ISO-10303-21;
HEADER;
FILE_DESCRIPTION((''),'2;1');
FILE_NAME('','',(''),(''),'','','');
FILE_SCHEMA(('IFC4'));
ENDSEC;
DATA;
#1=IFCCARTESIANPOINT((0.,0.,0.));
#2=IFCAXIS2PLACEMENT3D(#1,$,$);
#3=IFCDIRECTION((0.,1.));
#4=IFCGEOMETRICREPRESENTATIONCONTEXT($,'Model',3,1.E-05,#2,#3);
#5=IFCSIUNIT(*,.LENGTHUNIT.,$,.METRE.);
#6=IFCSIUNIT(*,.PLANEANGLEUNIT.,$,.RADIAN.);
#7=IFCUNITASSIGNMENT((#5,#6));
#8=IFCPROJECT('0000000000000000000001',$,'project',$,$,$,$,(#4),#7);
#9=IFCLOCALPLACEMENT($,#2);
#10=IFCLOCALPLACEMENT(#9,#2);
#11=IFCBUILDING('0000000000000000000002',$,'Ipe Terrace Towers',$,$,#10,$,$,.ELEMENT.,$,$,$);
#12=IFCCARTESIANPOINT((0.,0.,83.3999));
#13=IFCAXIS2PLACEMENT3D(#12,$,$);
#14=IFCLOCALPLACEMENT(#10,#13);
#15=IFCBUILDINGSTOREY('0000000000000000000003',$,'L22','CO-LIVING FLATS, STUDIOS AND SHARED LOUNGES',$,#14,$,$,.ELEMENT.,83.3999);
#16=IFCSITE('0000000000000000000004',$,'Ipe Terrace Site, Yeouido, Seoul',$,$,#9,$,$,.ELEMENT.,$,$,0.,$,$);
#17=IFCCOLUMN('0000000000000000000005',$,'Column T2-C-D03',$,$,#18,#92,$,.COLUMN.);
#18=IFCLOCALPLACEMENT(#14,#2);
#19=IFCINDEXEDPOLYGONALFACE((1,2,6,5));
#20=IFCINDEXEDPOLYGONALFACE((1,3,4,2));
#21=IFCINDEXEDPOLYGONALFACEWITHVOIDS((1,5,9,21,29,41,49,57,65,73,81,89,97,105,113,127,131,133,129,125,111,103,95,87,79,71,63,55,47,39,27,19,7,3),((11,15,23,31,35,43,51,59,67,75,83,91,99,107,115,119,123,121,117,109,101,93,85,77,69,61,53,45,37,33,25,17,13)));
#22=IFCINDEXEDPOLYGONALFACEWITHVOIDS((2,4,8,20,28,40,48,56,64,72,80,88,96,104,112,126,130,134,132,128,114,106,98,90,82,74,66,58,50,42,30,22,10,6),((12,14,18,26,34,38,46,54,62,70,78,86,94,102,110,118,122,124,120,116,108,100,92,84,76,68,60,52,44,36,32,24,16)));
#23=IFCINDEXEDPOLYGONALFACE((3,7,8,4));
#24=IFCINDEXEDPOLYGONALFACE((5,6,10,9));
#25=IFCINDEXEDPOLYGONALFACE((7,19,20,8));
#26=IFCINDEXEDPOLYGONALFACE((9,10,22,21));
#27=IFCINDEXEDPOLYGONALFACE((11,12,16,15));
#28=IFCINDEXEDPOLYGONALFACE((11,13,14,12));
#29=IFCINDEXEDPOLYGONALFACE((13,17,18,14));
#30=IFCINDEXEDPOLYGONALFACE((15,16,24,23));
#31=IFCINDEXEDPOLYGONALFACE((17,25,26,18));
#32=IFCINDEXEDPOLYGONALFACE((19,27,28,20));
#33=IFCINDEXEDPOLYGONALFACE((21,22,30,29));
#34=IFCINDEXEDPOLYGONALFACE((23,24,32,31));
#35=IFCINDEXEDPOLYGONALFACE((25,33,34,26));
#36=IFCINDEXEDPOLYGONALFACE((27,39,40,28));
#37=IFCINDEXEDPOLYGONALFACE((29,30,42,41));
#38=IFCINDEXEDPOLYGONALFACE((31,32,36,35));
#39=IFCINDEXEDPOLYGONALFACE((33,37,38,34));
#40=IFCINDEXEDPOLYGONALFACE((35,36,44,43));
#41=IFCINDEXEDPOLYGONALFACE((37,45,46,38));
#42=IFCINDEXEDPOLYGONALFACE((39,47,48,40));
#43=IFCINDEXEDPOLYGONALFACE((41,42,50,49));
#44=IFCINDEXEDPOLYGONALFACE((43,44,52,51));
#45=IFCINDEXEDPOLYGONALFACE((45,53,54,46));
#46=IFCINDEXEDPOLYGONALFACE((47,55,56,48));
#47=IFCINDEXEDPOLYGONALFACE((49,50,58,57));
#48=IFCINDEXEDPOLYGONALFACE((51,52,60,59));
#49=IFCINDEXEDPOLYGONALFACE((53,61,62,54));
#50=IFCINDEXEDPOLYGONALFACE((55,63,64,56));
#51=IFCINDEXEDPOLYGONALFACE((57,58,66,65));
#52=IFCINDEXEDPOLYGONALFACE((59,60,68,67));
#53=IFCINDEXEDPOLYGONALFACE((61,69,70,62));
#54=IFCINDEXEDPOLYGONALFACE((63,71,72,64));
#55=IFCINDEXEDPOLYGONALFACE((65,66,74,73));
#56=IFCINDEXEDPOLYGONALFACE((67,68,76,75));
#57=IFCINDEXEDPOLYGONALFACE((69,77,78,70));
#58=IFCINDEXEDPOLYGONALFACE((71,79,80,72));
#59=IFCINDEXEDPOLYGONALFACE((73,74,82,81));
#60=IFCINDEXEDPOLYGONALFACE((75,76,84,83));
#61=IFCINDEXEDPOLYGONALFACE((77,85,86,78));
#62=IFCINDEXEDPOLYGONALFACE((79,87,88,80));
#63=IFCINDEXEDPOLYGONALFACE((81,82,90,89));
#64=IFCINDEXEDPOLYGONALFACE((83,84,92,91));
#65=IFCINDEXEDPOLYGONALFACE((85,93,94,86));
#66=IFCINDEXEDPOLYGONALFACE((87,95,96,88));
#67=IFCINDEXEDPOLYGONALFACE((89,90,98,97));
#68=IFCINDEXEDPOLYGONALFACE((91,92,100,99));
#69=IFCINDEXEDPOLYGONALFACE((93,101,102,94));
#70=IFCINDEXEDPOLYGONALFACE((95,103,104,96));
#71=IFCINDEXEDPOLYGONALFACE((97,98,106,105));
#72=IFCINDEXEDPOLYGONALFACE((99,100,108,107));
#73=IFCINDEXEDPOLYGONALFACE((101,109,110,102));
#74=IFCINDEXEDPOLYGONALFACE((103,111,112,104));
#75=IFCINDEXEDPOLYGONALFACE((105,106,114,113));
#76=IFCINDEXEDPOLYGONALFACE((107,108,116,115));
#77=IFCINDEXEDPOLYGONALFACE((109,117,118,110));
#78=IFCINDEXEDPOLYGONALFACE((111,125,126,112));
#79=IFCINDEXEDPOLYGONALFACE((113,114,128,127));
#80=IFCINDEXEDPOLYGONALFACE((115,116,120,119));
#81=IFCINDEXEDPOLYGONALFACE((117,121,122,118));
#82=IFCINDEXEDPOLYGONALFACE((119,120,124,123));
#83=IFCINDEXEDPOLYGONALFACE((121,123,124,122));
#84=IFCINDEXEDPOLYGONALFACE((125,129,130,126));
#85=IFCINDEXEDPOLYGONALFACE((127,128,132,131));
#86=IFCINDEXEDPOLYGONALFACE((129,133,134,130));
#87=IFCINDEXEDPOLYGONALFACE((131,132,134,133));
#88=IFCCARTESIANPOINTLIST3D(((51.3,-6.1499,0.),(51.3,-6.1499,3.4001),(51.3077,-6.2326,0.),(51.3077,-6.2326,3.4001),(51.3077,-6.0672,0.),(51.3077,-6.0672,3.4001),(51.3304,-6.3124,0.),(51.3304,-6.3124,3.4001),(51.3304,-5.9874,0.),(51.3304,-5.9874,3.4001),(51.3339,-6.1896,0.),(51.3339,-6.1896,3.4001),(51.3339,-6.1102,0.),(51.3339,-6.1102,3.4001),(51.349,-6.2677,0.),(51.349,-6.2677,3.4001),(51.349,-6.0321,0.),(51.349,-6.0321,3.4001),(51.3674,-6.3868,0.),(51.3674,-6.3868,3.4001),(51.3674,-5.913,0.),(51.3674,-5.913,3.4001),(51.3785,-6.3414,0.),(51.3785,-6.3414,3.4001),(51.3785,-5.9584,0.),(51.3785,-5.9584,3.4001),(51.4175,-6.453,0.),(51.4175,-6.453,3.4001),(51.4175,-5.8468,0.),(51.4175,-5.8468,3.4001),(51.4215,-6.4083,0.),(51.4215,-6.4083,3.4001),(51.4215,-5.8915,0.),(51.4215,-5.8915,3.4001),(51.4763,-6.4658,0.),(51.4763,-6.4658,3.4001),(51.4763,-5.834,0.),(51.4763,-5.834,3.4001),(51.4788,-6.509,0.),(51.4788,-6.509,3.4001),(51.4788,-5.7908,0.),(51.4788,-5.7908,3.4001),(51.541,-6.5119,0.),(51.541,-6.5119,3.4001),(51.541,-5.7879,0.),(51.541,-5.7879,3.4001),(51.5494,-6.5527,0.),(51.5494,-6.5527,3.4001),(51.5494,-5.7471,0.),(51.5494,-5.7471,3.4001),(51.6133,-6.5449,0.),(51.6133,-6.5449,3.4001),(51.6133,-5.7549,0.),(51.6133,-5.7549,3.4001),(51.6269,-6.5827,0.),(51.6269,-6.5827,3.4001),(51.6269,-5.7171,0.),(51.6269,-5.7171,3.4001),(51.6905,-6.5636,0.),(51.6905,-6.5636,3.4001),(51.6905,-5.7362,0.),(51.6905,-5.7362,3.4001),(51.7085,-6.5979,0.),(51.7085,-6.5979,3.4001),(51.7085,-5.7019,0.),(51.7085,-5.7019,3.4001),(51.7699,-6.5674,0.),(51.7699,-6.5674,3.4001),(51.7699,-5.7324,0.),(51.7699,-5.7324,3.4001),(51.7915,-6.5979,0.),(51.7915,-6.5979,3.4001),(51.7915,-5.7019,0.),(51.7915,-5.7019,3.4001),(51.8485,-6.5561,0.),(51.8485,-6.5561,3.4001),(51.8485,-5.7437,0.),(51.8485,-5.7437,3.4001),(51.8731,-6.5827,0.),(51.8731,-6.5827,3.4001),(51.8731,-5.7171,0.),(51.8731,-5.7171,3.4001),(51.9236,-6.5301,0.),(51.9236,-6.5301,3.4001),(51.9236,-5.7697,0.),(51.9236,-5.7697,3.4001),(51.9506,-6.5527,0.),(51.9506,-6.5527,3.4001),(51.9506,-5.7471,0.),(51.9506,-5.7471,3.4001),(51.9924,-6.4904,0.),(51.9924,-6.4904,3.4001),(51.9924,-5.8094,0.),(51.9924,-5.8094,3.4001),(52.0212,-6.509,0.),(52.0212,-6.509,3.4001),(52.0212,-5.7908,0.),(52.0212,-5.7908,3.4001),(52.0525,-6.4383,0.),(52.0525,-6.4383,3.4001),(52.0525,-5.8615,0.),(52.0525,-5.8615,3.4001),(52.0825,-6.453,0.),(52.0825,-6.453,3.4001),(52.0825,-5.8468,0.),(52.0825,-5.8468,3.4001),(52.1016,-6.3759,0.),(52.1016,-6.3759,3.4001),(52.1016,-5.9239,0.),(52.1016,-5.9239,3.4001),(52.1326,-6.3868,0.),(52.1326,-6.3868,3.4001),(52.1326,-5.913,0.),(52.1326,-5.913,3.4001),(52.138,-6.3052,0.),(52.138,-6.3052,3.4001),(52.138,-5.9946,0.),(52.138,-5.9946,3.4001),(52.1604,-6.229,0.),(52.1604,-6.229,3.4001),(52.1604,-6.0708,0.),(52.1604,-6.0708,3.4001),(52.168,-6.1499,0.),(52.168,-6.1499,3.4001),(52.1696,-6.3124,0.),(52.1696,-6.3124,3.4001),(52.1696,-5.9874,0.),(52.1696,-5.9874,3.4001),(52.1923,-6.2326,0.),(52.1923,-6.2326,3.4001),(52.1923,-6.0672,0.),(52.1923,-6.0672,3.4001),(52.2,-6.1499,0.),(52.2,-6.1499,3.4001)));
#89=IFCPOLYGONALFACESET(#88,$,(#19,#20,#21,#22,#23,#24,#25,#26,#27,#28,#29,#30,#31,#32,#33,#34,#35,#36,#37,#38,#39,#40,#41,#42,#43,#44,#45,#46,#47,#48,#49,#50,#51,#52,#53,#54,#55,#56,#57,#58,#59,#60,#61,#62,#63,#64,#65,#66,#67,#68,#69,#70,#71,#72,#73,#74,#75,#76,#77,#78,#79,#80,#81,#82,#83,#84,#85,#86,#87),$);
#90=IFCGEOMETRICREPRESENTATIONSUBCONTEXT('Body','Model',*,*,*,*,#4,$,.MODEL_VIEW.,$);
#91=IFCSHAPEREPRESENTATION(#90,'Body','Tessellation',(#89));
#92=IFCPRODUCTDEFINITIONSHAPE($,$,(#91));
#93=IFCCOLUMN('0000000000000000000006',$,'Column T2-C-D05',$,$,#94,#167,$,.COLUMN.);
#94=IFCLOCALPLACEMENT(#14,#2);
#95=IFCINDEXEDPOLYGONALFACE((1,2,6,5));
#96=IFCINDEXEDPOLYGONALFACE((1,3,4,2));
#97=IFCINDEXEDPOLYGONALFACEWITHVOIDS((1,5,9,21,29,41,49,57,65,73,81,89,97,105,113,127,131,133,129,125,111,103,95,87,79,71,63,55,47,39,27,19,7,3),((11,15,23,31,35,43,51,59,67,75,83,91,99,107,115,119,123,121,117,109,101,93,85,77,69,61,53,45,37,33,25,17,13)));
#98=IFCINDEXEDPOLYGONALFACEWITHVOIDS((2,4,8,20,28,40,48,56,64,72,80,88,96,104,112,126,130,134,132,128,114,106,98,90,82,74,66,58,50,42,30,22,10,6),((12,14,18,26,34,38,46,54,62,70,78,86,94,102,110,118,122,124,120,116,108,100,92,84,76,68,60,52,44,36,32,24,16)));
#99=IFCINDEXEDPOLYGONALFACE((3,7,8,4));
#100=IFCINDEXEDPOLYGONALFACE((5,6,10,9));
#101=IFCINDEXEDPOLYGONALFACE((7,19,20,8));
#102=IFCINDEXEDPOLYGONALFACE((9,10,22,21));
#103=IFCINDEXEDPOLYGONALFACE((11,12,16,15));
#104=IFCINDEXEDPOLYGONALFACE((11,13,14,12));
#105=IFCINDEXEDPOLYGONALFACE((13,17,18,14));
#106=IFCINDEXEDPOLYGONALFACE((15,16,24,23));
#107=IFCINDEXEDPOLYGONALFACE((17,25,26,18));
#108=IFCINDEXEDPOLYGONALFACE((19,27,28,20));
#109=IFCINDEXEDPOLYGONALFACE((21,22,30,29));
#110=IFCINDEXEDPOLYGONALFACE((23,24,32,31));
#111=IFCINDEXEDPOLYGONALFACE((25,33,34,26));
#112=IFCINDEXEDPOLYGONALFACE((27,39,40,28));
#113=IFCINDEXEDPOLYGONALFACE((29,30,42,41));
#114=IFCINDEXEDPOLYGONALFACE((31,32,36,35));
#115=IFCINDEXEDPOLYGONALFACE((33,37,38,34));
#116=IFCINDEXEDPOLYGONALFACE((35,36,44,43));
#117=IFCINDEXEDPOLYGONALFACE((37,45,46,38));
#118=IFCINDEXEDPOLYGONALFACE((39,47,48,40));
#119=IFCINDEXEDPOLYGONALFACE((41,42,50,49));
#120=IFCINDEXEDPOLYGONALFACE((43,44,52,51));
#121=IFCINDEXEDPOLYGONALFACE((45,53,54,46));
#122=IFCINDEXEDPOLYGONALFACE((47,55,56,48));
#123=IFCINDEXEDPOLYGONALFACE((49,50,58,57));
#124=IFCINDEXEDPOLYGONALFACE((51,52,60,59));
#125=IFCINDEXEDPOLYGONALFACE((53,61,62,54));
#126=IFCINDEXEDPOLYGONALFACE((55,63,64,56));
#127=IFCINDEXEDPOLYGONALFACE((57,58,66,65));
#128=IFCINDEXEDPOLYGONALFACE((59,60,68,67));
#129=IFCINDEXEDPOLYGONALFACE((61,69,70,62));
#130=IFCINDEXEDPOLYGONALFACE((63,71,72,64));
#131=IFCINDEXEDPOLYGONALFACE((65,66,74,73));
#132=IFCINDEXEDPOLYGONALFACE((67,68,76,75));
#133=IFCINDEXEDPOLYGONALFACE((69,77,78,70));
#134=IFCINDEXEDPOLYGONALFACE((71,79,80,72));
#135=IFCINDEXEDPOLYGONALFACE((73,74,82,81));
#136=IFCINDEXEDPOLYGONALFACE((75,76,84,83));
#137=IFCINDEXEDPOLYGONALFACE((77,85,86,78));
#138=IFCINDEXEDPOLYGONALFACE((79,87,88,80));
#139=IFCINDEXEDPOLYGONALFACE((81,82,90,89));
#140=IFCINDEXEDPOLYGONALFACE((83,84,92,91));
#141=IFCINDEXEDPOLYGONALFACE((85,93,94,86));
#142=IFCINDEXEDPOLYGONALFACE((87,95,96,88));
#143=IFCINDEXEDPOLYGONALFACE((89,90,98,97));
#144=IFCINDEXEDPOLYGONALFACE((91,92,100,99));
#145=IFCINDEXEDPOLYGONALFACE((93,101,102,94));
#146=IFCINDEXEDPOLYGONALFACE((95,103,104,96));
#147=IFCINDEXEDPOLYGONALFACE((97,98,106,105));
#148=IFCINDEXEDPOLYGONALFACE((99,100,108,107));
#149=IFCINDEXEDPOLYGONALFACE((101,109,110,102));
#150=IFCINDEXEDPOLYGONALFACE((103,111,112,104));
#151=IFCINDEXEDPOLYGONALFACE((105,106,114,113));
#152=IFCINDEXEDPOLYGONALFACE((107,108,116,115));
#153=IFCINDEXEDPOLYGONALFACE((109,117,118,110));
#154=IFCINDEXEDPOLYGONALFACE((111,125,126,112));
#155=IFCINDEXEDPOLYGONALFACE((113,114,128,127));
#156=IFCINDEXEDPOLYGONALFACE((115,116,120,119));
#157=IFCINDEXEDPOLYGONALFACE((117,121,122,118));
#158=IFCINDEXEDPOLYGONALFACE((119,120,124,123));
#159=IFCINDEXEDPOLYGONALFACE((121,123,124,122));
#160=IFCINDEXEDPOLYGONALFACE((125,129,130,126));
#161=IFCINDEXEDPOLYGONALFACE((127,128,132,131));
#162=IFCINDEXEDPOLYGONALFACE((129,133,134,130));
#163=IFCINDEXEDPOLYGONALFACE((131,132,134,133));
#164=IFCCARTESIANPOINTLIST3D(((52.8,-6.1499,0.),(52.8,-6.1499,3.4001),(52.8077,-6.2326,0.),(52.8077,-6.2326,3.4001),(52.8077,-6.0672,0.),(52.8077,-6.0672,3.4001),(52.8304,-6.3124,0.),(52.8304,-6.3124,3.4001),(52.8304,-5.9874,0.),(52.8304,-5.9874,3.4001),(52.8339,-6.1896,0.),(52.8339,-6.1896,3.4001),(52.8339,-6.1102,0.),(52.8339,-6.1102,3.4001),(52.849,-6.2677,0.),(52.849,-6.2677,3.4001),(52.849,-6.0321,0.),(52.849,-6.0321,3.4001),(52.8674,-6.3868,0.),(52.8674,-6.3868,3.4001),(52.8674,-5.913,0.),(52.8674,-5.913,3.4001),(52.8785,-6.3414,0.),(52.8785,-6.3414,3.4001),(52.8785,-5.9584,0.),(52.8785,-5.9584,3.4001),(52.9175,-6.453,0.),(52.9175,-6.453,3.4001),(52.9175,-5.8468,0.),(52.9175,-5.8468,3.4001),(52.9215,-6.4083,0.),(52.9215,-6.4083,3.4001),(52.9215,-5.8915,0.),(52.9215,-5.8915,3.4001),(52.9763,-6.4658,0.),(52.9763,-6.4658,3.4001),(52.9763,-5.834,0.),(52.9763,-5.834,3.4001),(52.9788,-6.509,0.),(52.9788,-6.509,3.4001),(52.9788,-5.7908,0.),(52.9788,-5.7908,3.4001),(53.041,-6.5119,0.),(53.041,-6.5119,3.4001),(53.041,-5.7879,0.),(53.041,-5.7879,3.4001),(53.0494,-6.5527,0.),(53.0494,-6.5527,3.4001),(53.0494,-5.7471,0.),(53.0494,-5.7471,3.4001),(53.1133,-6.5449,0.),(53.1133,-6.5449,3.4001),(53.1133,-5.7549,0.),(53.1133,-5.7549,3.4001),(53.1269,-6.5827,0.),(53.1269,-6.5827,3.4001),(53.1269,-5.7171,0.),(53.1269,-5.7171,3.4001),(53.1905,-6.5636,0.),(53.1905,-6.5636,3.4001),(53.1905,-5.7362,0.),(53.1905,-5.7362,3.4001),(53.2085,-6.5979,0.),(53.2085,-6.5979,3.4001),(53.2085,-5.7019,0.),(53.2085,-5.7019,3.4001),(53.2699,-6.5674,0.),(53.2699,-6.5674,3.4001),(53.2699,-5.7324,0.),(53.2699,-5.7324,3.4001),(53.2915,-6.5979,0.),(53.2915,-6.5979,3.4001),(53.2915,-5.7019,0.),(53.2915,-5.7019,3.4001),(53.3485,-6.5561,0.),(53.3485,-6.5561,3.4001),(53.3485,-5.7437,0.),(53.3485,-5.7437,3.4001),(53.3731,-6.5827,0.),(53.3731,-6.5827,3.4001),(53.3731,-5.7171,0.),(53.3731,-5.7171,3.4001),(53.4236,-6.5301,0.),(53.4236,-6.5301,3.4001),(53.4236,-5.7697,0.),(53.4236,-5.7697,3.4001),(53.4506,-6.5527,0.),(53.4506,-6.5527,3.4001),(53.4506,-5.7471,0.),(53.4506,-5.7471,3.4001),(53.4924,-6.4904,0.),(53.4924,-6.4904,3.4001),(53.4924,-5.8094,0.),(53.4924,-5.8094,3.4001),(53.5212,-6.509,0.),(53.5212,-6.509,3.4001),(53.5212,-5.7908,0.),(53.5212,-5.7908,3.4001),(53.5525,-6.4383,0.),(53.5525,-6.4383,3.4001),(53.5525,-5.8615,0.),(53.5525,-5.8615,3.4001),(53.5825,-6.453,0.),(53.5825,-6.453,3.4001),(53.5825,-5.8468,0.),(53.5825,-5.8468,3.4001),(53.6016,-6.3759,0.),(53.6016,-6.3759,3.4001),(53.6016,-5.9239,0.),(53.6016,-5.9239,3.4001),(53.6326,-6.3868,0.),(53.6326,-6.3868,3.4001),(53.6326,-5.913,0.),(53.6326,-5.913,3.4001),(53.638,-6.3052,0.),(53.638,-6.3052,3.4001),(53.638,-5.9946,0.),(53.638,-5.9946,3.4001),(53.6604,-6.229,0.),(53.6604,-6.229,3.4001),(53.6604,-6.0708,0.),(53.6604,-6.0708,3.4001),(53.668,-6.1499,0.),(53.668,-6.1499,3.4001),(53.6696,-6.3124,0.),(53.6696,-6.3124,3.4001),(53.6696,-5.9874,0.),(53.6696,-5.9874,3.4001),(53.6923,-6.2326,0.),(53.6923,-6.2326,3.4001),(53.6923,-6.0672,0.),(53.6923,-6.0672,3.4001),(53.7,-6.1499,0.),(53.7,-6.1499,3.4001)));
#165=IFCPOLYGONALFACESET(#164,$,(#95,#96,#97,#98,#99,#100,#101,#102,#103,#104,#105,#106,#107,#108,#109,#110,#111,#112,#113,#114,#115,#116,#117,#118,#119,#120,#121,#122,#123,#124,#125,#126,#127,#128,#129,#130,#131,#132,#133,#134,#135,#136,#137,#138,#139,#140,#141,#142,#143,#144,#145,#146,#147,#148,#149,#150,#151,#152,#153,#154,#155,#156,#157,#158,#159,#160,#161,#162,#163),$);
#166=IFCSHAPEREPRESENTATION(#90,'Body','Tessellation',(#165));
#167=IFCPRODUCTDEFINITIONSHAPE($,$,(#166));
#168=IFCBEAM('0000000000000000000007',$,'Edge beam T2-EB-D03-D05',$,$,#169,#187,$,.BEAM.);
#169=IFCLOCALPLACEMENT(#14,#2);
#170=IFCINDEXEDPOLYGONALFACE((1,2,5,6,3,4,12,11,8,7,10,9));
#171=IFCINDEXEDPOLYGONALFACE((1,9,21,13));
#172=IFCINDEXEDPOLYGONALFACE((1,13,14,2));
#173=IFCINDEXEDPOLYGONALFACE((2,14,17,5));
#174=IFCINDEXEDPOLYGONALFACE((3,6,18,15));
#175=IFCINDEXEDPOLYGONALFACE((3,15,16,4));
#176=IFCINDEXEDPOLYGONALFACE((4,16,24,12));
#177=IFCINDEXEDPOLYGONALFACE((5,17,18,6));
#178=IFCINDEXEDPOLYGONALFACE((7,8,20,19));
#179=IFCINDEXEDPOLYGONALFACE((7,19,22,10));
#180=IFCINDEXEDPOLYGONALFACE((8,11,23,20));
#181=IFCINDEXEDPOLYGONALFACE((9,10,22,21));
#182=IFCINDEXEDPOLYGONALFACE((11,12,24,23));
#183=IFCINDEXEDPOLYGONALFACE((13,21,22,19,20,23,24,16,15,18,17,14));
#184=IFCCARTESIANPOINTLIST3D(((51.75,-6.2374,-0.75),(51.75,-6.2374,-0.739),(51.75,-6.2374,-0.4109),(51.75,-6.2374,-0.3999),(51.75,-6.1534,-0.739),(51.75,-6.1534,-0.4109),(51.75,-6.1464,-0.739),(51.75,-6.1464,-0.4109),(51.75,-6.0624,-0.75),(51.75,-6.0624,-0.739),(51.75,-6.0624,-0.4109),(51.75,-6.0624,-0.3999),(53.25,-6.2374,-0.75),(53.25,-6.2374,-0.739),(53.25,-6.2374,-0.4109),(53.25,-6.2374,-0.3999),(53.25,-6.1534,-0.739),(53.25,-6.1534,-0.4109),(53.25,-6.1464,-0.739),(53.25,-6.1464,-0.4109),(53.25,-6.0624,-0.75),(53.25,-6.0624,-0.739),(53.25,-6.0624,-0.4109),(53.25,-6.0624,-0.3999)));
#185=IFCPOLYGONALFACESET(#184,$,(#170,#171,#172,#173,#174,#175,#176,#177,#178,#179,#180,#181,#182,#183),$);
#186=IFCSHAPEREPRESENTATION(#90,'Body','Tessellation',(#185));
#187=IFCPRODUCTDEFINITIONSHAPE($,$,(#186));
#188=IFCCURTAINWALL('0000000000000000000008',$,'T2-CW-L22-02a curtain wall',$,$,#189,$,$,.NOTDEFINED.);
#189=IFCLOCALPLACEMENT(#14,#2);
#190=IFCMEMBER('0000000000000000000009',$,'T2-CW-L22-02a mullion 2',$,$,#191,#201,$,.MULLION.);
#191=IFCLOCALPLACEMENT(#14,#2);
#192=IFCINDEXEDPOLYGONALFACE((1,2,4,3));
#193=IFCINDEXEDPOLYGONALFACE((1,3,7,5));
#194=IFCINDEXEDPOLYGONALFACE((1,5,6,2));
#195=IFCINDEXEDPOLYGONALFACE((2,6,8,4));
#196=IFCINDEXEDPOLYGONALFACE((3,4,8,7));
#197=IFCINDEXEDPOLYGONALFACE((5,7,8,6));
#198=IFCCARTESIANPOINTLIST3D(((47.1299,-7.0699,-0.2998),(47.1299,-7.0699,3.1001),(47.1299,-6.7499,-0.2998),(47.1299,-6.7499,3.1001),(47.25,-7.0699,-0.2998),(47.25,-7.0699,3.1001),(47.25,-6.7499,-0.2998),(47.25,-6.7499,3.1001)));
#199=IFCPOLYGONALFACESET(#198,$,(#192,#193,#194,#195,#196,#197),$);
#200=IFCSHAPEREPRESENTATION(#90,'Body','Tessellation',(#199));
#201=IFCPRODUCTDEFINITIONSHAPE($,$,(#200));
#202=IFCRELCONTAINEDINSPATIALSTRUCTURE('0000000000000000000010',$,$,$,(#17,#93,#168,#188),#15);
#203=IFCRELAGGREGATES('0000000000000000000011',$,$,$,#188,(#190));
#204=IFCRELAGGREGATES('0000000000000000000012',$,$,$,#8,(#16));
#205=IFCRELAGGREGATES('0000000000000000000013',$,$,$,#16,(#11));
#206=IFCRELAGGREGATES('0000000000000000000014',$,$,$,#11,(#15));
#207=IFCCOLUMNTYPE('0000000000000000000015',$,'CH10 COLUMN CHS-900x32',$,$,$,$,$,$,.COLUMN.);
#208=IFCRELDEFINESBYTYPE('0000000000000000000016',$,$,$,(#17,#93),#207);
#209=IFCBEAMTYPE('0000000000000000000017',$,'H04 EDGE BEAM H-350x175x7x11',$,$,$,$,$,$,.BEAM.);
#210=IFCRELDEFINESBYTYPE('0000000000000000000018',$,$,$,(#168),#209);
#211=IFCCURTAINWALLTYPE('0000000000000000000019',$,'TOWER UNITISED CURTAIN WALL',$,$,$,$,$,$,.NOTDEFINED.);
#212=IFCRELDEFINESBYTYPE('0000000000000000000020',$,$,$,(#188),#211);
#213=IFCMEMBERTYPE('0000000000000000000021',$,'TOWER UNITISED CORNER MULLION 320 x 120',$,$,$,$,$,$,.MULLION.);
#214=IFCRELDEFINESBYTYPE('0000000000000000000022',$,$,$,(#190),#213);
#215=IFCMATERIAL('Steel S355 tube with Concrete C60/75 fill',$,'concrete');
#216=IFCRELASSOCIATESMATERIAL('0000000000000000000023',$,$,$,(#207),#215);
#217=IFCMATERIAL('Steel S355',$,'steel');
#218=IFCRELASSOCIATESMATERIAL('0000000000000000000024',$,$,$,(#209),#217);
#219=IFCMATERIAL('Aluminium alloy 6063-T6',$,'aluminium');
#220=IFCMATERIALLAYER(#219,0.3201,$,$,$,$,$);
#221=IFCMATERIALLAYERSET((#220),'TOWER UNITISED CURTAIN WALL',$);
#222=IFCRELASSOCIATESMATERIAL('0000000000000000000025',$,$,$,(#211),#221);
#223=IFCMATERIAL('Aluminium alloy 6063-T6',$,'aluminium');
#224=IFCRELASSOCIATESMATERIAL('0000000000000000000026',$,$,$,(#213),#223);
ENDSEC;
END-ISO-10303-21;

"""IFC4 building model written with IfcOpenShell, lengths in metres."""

from ifc_helpers import new_model, si_unit, direction, frame, origin, origin_2d, place, context, subcontext, project, spatial, rectangle, hollow_circle, i_section, extrude, material, layer, layer_set, material_profile, profile_set, type_object, element, aggregate, save


model = new_model("IFC4")

# Units and contexts
model_context = context("Model", 3, precision=1e-05, world=origin(), true_north=direction((0.0, 1.0)))
body_context = subcontext(model_context, "Body", "Model", "MODEL_VIEW")
ifc_project = project(units=[si_unit("LENGTHUNIT", "METRE"), si_unit("PLANEANGLEUNIT", "RADIAN")], contexts=[model_context])

# Site, building, storey
site_placement = place(None, origin())
site = spatial("IfcSite", under=ifc_project, at=site_placement, Name="Ipe Terrace Site, Yeouido, Seoul", CompositionType="ELEMENT", RefElevation=0.0)
building_placement = place(site_placement, origin())
building = spatial("IfcBuilding", under=site, at=building_placement, Name="Ipe Terrace Towers", CompositionType="ELEMENT")
storey_placement = place(building_placement, frame((0.0, 0.0, 83.3999)))
storey = spatial("IfcBuildingStorey", under=building, at=storey_placement, Name="L22", Description="CO-LIVING FLATS, STUDIOS AND SHARED LOUNGES", CompositionType="ELEMENT", Elevation=83.3999)

# Columns
ifc_material_1 = material(Name="Steel S355 tube with Concrete C60/75 fill", Category="concrete")
ifc_material_profile_1 = material_profile(ifc_material_1, hollow_circle(Radius=0.45, WallThickness=0.032, at=origin_2d()), Name="CHS-900x32")
ifc_profile_set_1 = profile_set([ifc_material_profile_1], Name="Steel S355 tube with Concrete C60/75 fill")
column_type = type_object("IfcColumnType", Name="CH10 COLUMN CHS-900x32", PredefinedType="COLUMN", material=ifc_profile_set_1)
for number, where, z_axis, x_axis, name in (
    (1, (51.75, -6.1499, 0.0), (0.0, 0.0, 1.0), (1.0, 0.0, 0.0), "Column T2-C-D03"),
    (2, (53.25, -6.1499, 0.0), (0.0, 0.0, 1.0), (1.0, 0.0, 0.0), "Column T2-C-D05"),
):
    element("IfcColumn", number, at=place(storey_placement, frame(where, z_axis=z_axis, x_axis=x_axis)), inside=storey, type_object=column_type, Name=name, PredefinedType="COLUMN", context=body_context, shape_type="SweptSolid", body=[
        extrude(hollow_circle(Radius=0.45, WallThickness=0.032, at=origin_2d()), origin(), (0.0, 0.0, 1.0), 3.4001),
    ])

# Beam
ifc_material_2 = material(Name="Steel S355", Category="steel")
ifc_material_profile_2 = material_profile(ifc_material_2, i_section(OverallWidth=0.175, OverallDepth=0.3501, WebThickness=0.0071, FlangeThickness=0.011, at=origin_2d()), Name="H-350x175x7x11")
ifc_profile_set_2 = profile_set([ifc_material_profile_2], Name="Steel S355")
beam_type = type_object("IfcBeamType", Name="H04 EDGE BEAM H-350x175x7x11", PredefinedType="BEAM", material=ifc_profile_set_2)
beam_placement = place(storey_placement, frame((51.75, -6.1499, -0.575), z_axis=(1.0, 0.0, 0.0), x_axis=(0.0, 1.0, 0.0)))
element("IfcBeam", 3, at=beam_placement, inside=storey, type_object=beam_type, Name="Edge beam T2-EB-D03-D05", PredefinedType="BEAM", context=body_context, shape_type="SweptSolid", body=[
    extrude(i_section(OverallWidth=0.175, OverallDepth=0.3501, WebThickness=0.0071, FlangeThickness=0.011, at=origin_2d()), origin(), (0.0, 0.0, 1.0), 1.5),
])

# Curtain wall, member
ifc_material_3 = material(Name="Aluminium alloy 6063-T6", Category="aluminium")
ifc_layer_1 = layer(ifc_material_3, 0.3201)
ifc_layer_set_1 = layer_set([ifc_layer_1], Name="TOWER UNITISED CURTAIN WALL")
curtain_wall_type = type_object("IfcCurtainWallType", Name="TOWER UNITISED CURTAIN WALL", PredefinedType="NOTDEFINED", material=ifc_layer_set_1)
curtain_wall_1_placement = place(storey_placement, origin())
curtain_wall_1 = element("IfcCurtainWall", 4, at=curtain_wall_1_placement, inside=storey, type_object=curtain_wall_type, Name="T2-CW-L22-02a curtain wall", PredefinedType="NOTDEFINED")
ifc_material_4 = material(Name="Aluminium alloy 6063-T6", Category="aluminium")
ifc_material_profile_3 = material_profile(ifc_material_4, rectangle(XDim=0.3201, YDim=0.1201, at=origin_2d()), Name="TOWER UNITISED CORNER MULLION 320 x 120")
ifc_profile_set_3 = profile_set([ifc_material_profile_3], Name="Aluminium alloy 6063-T6")
member_type_1 = type_object("IfcMemberType", Name="TOWER UNITISED CORNER MULLION 320 x 120", PredefinedType="MULLION", material=ifc_profile_set_3)
member_1_placement = place(storey_placement, frame((47.1899, -6.9099, -0.2998), z_axis=(0.0, 0.0, 1.0), x_axis=(0.0, -1.0, 0.0)))
member_1 = element("IfcMember", 5, at=member_1_placement, type_object=member_type_1, Name="T2-CW-L22-02a mullion 2", PredefinedType="MULLION", context=body_context, shape_type="SweptSolid", body=[
    extrude(rectangle(XDim=0.3201, YDim=0.1201, at=origin_2d()), origin(), (0.0, 0.0, 1.0), 3.3999),
])

aggregate(curtain_wall_1, [member_1])

save(model, "model.ifc")
